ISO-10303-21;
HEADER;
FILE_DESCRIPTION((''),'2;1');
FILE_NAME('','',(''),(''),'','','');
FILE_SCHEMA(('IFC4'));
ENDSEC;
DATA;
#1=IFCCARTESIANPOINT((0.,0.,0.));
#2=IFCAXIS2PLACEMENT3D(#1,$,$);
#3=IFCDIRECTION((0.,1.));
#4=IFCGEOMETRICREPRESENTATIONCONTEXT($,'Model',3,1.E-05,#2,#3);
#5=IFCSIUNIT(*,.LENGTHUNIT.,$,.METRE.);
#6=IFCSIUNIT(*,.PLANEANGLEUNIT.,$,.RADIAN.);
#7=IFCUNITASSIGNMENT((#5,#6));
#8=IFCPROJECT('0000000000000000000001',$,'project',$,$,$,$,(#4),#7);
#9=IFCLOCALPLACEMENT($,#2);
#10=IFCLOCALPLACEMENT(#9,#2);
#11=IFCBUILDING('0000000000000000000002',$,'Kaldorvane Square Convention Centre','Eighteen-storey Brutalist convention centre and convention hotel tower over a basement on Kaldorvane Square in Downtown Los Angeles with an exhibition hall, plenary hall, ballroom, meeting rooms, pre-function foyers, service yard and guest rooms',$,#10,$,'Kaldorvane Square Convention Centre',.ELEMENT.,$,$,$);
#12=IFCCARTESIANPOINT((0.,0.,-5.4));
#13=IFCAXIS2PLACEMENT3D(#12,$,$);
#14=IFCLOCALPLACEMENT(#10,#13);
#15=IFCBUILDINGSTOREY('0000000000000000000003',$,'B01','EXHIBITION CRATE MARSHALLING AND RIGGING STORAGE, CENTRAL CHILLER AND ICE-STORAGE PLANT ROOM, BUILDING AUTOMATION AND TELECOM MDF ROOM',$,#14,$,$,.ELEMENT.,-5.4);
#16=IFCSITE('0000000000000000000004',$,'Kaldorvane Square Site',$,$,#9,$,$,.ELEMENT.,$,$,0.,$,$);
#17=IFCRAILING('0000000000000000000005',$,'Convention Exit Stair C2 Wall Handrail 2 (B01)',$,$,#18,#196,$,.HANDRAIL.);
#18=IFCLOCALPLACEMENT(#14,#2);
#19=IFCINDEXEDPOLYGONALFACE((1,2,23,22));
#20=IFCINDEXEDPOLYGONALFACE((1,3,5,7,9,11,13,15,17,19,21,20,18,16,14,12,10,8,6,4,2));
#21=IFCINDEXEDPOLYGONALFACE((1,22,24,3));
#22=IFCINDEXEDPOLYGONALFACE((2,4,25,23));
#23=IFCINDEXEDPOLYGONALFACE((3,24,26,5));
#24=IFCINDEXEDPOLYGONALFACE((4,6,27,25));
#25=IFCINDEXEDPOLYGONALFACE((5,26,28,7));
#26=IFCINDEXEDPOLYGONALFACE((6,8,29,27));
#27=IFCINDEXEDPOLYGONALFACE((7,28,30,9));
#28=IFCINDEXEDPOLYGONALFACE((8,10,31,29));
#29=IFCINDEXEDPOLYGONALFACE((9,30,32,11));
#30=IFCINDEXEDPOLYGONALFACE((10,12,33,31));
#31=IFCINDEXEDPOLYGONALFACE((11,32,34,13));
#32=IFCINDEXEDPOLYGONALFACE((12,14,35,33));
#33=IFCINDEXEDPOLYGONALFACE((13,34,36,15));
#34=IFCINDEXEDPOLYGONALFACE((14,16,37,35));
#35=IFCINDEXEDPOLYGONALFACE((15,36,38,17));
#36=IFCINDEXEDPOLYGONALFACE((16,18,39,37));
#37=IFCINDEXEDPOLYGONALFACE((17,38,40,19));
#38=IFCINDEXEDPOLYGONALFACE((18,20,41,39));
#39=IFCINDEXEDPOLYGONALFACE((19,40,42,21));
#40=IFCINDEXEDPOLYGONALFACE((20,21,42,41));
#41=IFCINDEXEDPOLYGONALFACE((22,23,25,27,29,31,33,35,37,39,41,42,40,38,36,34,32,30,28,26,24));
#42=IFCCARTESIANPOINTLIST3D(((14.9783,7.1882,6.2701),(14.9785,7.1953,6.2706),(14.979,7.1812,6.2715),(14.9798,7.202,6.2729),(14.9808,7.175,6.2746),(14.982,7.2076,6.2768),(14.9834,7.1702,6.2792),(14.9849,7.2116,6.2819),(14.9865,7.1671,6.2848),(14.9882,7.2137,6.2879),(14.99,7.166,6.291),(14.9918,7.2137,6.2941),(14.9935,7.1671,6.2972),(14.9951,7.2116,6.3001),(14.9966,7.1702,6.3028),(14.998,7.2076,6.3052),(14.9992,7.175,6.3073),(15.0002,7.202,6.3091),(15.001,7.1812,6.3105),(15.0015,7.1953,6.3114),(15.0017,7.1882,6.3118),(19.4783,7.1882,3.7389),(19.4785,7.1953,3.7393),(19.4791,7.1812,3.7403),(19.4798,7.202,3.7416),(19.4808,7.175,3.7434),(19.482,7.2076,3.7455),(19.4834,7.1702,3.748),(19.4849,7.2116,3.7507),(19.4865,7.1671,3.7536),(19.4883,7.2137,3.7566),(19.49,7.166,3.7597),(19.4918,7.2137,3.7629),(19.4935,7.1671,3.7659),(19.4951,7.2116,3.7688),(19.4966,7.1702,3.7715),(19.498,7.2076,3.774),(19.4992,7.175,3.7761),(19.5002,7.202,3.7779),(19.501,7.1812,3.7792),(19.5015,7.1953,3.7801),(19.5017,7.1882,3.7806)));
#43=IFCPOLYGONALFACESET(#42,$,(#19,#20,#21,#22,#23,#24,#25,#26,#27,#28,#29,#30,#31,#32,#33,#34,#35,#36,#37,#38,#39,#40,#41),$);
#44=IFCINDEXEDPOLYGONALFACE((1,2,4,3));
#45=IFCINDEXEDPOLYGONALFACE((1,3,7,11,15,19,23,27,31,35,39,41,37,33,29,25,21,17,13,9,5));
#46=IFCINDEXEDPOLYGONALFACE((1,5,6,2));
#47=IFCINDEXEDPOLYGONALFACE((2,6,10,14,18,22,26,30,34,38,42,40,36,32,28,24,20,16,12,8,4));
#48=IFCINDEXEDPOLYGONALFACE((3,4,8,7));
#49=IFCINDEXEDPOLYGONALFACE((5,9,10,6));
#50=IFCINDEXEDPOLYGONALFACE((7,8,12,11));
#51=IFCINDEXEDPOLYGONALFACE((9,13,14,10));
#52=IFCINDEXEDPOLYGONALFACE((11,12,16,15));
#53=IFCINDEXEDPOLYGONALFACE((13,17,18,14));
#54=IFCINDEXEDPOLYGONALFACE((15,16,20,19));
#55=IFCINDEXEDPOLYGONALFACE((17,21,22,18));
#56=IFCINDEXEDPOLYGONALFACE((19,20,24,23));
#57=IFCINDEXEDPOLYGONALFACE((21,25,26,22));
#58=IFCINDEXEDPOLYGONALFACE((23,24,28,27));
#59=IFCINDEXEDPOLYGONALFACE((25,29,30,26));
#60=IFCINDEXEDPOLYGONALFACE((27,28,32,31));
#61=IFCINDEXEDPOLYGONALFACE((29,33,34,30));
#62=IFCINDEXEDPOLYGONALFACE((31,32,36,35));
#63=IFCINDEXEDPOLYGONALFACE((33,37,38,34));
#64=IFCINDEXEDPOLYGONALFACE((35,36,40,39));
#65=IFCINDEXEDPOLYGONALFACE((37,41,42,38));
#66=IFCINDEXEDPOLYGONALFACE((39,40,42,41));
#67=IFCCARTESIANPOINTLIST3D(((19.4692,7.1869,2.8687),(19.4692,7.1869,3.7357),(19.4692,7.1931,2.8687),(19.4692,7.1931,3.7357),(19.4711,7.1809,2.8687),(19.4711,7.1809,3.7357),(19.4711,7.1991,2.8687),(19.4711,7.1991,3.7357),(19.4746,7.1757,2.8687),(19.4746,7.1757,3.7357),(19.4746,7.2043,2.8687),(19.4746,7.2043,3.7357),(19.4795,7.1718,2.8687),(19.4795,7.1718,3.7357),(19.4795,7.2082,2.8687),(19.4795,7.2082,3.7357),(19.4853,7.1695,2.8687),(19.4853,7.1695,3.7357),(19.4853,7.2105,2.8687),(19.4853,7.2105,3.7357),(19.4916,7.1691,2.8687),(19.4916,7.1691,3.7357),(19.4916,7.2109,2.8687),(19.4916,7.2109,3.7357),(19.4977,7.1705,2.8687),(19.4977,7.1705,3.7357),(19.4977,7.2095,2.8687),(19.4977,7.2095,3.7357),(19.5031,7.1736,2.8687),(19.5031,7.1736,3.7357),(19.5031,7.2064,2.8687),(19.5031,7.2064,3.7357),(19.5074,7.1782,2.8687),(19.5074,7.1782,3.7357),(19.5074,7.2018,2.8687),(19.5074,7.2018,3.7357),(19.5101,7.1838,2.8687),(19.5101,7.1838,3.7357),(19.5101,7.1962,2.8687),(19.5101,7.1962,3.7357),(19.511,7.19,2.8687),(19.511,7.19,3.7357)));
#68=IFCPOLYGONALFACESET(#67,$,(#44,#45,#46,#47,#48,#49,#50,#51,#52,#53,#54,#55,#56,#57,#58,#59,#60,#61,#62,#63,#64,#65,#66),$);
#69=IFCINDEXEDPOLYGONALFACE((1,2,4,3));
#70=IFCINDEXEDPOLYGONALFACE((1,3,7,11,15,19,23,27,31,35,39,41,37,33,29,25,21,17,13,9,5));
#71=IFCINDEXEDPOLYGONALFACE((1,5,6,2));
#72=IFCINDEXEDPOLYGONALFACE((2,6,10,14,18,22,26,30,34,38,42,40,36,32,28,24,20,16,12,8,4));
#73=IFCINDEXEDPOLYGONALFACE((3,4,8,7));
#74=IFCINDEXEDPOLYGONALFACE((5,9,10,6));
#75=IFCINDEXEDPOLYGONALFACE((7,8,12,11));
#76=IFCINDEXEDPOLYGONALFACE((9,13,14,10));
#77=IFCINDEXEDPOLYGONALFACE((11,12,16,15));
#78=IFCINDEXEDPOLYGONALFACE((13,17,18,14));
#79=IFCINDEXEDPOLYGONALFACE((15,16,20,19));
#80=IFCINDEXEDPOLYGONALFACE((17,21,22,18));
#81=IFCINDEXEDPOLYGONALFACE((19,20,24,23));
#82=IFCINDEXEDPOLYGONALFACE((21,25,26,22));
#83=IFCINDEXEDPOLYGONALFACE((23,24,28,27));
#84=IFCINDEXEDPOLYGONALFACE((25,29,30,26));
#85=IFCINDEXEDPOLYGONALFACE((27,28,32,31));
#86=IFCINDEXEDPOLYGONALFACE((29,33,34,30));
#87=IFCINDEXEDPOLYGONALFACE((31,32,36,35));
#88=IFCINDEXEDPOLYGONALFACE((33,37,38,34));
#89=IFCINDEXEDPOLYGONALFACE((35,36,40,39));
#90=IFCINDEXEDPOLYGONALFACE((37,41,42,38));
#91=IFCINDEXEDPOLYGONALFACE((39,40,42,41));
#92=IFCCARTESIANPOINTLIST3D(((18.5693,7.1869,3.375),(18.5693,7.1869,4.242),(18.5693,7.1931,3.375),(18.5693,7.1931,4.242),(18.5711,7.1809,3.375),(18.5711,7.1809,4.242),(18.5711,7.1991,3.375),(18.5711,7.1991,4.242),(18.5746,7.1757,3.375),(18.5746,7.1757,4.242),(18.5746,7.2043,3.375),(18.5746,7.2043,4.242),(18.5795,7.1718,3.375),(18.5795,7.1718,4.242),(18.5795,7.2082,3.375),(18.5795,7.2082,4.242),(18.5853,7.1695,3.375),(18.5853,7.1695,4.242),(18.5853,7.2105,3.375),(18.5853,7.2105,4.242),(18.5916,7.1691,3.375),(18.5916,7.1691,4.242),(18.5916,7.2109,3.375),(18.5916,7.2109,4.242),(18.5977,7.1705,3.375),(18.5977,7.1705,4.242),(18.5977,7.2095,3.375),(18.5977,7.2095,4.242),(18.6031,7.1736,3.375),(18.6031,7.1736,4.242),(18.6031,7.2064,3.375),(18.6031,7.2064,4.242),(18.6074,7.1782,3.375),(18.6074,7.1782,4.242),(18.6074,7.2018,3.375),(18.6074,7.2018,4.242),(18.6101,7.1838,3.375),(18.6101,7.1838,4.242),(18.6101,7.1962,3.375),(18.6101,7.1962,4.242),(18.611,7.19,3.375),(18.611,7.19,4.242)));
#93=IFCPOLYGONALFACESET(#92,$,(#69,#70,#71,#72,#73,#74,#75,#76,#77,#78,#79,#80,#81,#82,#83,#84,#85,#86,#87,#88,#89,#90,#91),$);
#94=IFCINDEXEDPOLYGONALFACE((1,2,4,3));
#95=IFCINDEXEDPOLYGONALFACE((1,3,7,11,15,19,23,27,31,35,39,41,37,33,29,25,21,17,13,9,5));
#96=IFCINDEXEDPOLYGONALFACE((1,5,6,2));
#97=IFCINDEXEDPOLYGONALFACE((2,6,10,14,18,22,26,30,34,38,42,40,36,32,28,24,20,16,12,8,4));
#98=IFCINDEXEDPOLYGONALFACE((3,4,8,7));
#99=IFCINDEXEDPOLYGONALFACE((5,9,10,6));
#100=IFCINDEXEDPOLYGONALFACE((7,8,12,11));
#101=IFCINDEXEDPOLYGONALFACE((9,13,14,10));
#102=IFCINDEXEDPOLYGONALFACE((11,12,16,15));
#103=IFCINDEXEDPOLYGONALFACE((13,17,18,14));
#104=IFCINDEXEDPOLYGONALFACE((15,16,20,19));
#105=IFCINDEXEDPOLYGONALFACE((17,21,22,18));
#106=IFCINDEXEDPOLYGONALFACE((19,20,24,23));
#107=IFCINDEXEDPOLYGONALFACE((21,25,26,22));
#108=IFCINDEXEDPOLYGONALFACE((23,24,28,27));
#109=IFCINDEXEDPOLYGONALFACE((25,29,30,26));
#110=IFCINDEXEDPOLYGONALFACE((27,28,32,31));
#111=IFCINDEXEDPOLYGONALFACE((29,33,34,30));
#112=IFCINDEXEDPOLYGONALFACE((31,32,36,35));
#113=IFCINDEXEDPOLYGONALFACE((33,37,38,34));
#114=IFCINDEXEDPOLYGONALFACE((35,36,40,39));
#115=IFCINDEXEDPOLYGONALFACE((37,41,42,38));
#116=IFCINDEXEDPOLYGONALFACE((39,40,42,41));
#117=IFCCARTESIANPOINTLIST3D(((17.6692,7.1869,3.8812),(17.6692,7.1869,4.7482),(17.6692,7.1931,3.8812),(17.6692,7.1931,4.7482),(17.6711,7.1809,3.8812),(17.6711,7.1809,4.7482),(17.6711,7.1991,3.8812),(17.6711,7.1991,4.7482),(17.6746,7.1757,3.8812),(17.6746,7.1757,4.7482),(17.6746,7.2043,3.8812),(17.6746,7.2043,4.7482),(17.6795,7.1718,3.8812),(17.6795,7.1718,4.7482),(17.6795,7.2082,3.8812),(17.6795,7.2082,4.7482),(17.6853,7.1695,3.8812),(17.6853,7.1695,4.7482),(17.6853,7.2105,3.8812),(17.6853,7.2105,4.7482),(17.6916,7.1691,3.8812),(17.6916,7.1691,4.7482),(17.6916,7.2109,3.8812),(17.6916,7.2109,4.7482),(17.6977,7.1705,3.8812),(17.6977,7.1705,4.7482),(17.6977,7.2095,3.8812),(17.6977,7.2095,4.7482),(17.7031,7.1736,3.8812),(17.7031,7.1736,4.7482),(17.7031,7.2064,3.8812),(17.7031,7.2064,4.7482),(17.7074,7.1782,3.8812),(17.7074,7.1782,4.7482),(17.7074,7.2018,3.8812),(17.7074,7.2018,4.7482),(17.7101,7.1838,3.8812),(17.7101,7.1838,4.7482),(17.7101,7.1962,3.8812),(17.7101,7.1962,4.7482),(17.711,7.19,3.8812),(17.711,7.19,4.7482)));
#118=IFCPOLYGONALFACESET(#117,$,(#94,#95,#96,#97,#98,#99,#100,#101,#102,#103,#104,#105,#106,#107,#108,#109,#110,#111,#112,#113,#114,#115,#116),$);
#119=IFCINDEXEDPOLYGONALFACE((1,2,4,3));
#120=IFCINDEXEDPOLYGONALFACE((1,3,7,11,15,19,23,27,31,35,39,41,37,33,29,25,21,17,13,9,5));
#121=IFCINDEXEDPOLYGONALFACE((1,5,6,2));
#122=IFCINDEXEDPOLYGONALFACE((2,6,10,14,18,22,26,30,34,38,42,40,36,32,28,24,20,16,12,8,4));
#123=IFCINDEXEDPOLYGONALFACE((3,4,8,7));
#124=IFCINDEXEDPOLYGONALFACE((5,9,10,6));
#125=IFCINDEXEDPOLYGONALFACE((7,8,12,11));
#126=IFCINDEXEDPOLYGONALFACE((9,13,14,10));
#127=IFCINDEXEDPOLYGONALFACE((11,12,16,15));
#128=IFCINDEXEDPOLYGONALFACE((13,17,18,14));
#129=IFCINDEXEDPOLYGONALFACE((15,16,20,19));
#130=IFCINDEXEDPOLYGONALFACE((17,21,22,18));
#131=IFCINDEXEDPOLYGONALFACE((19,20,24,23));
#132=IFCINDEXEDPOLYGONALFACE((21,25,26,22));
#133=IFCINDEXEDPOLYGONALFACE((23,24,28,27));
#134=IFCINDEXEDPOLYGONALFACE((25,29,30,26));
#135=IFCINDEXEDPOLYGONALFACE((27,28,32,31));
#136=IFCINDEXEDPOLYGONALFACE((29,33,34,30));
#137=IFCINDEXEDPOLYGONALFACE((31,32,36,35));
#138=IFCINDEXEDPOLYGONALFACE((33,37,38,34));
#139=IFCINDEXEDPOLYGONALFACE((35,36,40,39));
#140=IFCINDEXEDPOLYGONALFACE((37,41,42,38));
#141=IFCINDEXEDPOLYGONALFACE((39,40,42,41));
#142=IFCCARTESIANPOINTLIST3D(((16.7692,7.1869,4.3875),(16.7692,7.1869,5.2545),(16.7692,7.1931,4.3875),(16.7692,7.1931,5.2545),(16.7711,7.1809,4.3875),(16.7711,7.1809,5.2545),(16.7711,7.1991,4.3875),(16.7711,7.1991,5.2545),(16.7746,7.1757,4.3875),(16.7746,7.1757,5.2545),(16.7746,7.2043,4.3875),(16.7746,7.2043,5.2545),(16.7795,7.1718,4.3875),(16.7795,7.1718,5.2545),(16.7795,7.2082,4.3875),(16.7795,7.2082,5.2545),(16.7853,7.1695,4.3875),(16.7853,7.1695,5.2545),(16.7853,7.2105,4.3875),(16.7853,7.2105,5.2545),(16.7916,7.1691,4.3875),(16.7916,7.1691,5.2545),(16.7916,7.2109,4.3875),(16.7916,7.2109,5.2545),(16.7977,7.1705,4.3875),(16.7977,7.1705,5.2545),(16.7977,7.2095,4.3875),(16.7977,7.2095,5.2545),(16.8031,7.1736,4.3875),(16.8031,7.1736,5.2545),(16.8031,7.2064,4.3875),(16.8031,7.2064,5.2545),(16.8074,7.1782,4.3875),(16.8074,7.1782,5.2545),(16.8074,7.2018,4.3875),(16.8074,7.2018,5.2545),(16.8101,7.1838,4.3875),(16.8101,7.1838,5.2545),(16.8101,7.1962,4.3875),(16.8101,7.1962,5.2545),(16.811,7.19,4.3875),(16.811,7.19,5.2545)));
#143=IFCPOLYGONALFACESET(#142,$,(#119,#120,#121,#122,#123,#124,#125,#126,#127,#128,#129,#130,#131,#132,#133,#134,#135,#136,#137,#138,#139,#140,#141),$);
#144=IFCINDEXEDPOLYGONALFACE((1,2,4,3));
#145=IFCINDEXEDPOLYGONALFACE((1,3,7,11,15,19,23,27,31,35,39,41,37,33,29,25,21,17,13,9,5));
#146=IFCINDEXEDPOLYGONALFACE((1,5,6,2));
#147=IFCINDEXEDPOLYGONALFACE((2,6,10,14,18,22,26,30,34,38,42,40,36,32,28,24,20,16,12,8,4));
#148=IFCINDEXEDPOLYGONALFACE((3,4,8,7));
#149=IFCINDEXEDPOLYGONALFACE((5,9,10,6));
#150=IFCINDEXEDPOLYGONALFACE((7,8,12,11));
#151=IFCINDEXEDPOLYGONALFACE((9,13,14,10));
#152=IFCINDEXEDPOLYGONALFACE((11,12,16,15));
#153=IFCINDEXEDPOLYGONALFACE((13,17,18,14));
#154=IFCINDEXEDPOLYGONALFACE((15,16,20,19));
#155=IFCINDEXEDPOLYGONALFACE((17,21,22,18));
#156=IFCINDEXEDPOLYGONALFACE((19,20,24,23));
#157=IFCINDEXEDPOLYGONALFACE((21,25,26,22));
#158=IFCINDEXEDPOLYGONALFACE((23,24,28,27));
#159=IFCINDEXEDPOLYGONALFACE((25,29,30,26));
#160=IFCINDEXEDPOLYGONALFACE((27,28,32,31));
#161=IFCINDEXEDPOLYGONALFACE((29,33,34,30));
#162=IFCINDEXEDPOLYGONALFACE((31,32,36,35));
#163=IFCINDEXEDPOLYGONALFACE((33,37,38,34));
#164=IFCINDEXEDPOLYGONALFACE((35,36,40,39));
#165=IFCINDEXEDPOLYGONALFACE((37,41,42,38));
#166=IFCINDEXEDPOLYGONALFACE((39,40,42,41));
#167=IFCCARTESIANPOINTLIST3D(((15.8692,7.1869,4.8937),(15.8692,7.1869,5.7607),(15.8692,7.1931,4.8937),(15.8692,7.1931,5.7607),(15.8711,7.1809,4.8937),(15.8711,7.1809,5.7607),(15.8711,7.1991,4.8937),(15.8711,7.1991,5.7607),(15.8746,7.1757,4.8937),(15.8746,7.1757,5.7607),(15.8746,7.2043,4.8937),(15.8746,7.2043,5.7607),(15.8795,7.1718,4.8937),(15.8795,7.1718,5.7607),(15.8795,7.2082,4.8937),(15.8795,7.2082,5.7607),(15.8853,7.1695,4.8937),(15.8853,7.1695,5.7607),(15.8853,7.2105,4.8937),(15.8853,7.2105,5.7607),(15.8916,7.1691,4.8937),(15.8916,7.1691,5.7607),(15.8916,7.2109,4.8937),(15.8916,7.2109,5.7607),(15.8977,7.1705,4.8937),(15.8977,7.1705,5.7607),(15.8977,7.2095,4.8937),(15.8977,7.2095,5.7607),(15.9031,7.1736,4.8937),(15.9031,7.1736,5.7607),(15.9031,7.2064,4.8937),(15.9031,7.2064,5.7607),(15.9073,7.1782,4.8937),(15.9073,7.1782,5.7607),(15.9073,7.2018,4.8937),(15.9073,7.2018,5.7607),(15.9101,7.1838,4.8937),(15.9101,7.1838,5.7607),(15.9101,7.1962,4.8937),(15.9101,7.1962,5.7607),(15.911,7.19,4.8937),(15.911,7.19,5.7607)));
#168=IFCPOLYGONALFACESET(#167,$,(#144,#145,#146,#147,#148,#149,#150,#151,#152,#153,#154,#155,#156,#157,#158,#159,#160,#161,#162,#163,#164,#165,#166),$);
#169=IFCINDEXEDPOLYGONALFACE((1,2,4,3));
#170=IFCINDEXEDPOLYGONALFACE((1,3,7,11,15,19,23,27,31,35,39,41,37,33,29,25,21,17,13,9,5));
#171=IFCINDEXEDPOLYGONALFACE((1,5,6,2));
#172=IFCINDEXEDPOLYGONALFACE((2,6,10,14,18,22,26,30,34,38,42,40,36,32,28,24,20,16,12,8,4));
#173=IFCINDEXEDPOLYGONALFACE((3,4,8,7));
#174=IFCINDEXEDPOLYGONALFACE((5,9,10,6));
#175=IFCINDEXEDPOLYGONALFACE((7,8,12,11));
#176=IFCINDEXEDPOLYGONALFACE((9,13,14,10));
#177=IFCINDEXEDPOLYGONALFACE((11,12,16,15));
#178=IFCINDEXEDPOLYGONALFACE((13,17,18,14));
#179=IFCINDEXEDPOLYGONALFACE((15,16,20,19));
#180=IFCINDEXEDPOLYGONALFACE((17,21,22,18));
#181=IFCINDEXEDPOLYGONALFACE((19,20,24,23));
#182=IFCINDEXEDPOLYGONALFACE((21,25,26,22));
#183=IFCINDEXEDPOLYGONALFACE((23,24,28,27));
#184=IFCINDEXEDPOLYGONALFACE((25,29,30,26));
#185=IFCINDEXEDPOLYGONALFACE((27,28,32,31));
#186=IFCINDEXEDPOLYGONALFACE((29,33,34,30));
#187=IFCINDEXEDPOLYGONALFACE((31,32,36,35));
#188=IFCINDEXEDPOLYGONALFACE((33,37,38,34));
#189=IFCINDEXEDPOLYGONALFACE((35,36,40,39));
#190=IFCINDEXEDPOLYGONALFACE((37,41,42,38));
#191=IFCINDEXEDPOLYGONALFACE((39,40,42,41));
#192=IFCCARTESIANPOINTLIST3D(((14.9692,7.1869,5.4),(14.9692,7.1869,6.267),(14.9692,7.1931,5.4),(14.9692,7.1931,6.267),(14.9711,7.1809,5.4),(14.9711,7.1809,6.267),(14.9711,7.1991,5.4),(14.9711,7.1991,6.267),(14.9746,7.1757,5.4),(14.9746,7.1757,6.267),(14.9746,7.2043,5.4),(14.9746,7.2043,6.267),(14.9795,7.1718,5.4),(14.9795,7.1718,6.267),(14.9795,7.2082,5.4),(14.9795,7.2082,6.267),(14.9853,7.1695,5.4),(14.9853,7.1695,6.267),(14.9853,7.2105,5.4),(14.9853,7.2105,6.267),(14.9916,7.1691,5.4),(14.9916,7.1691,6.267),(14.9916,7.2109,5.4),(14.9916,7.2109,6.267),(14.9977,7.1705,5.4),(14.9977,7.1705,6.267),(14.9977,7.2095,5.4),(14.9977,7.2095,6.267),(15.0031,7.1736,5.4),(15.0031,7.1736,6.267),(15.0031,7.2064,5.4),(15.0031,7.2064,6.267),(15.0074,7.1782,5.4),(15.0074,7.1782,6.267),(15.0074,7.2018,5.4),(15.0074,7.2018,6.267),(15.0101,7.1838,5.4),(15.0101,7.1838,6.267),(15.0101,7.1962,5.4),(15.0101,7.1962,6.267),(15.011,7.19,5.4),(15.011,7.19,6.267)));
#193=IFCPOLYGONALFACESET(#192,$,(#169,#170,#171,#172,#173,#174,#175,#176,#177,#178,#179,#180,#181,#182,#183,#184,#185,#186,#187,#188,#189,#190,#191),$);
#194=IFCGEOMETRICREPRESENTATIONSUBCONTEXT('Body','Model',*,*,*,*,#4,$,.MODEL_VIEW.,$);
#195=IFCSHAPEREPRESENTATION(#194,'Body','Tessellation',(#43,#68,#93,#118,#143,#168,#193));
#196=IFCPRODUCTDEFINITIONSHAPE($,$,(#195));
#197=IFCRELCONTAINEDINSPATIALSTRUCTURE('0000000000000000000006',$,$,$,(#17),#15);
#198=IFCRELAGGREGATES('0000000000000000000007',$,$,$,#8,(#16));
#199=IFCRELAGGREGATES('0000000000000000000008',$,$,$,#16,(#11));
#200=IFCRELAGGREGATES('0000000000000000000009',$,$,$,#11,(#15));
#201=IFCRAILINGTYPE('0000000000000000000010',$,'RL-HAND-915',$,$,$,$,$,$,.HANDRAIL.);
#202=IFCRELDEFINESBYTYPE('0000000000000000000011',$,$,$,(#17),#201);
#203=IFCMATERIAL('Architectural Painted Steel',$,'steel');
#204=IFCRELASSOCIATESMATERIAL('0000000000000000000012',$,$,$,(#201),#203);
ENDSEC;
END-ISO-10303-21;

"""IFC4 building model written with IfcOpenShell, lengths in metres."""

from ifc_helpers import new_model, si_unit, direction, frame, origin, origin_2d, place, context, subcontext, project, spatial, circle, extrude, material, type_object, element, save


model = new_model("IFC4")

# Units and contexts
model_context = context("Model", 3, precision=1e-05, world=origin(), true_north=direction((0.0, 1.0)))
body_context = subcontext(model_context, "Body", "Model", "MODEL_VIEW")
ifc_project = project(units=[si_unit("LENGTHUNIT", "METRE"), si_unit("PLANEANGLEUNIT", "RADIAN")], contexts=[model_context])

# Site, building, storey
site_placement = place(None, origin())
site = spatial("IfcSite", under=ifc_project, at=site_placement, Name="Kaldorvane Square Site", CompositionType="ELEMENT", RefElevation=0.0)
building_placement = place(site_placement, origin())
building = spatial("IfcBuilding", under=site, at=building_placement, Name="Kaldorvane Square Convention Centre", Description="Eighteen-storey Brutalist convention centre and convention hotel tower over a basement on Kaldorvane Square in Downtown Los Angeles with an exhibition hall, plenary hall, ballroom, meeting rooms, pre-function foyers, service yard and guest rooms", LongName="Kaldorvane Square Convention Centre", CompositionType="ELEMENT")
storey_placement = place(building_placement, frame((0.0, 0.0, -5.4)))
storey = spatial("IfcBuildingStorey", under=building, at=storey_placement, Name="B01", Description="EXHIBITION CRATE MARSHALLING AND RIGGING STORAGE, CENTRAL CHILLER AND ICE-STORAGE PLANT ROOM, BUILDING AUTOMATION AND TELECOM MDF ROOM", CompositionType="ELEMENT", Elevation=-5.4)

# Railing
ifc_material_1 = material(Name="Architectural Painted Steel", Category="steel")
railing_type = type_object("IfcRailingType", Name="RL-HAND-915", PredefinedType="HANDRAIL", material=ifc_material_1)
railing_placement = place(storey_placement, frame((19.49, 7.19, 2.8687)))
element("IfcRailing", 1, at=railing_placement, inside=storey, type_object=railing_type, Name="Convention Exit Stair C2 Wall Handrail 2 (B01)", PredefinedType="HANDRAIL", context=body_context, shape_type="SweptSolid", body=[
    extrude(circle(Radius=0.024, at=origin_2d()), frame((0.0, 0.0, 0.891), z_axis=(-0.871576, 0.0, 0.490261), x_axis=(0.0, -1.0, 0.0)), (0.0, 0.0, 1.0), 5.1631),
    extrude(circle(Radius=0.021, at=origin_2d()), origin(), (0.0, 0.0, 1.0), 0.867),
    extrude(circle(Radius=0.021, at=origin_2d()), frame((-0.9, 0.0, 0.5063)), (0.0, 0.0, 1.0), 0.867),
    extrude(circle(Radius=0.021, at=origin_2d()), frame((-1.8, 0.0, 1.0125)), (0.0, 0.0, 1.0), 0.867),
    extrude(circle(Radius=0.021, at=origin_2d()), frame((-2.7, 0.0, 1.5188)), (0.0, 0.0, 1.0), 0.867),
    extrude(circle(Radius=0.021, at=origin_2d()), frame((-3.6, 0.0, 2.025)), (0.0, 0.0, 1.0), 0.867),
    extrude(circle(Radius=0.021, at=origin_2d()), frame((-4.5, 0.0, 2.5312)), (0.0, 0.0, 1.0), 0.867),
])

save(model, "model.ifc")
